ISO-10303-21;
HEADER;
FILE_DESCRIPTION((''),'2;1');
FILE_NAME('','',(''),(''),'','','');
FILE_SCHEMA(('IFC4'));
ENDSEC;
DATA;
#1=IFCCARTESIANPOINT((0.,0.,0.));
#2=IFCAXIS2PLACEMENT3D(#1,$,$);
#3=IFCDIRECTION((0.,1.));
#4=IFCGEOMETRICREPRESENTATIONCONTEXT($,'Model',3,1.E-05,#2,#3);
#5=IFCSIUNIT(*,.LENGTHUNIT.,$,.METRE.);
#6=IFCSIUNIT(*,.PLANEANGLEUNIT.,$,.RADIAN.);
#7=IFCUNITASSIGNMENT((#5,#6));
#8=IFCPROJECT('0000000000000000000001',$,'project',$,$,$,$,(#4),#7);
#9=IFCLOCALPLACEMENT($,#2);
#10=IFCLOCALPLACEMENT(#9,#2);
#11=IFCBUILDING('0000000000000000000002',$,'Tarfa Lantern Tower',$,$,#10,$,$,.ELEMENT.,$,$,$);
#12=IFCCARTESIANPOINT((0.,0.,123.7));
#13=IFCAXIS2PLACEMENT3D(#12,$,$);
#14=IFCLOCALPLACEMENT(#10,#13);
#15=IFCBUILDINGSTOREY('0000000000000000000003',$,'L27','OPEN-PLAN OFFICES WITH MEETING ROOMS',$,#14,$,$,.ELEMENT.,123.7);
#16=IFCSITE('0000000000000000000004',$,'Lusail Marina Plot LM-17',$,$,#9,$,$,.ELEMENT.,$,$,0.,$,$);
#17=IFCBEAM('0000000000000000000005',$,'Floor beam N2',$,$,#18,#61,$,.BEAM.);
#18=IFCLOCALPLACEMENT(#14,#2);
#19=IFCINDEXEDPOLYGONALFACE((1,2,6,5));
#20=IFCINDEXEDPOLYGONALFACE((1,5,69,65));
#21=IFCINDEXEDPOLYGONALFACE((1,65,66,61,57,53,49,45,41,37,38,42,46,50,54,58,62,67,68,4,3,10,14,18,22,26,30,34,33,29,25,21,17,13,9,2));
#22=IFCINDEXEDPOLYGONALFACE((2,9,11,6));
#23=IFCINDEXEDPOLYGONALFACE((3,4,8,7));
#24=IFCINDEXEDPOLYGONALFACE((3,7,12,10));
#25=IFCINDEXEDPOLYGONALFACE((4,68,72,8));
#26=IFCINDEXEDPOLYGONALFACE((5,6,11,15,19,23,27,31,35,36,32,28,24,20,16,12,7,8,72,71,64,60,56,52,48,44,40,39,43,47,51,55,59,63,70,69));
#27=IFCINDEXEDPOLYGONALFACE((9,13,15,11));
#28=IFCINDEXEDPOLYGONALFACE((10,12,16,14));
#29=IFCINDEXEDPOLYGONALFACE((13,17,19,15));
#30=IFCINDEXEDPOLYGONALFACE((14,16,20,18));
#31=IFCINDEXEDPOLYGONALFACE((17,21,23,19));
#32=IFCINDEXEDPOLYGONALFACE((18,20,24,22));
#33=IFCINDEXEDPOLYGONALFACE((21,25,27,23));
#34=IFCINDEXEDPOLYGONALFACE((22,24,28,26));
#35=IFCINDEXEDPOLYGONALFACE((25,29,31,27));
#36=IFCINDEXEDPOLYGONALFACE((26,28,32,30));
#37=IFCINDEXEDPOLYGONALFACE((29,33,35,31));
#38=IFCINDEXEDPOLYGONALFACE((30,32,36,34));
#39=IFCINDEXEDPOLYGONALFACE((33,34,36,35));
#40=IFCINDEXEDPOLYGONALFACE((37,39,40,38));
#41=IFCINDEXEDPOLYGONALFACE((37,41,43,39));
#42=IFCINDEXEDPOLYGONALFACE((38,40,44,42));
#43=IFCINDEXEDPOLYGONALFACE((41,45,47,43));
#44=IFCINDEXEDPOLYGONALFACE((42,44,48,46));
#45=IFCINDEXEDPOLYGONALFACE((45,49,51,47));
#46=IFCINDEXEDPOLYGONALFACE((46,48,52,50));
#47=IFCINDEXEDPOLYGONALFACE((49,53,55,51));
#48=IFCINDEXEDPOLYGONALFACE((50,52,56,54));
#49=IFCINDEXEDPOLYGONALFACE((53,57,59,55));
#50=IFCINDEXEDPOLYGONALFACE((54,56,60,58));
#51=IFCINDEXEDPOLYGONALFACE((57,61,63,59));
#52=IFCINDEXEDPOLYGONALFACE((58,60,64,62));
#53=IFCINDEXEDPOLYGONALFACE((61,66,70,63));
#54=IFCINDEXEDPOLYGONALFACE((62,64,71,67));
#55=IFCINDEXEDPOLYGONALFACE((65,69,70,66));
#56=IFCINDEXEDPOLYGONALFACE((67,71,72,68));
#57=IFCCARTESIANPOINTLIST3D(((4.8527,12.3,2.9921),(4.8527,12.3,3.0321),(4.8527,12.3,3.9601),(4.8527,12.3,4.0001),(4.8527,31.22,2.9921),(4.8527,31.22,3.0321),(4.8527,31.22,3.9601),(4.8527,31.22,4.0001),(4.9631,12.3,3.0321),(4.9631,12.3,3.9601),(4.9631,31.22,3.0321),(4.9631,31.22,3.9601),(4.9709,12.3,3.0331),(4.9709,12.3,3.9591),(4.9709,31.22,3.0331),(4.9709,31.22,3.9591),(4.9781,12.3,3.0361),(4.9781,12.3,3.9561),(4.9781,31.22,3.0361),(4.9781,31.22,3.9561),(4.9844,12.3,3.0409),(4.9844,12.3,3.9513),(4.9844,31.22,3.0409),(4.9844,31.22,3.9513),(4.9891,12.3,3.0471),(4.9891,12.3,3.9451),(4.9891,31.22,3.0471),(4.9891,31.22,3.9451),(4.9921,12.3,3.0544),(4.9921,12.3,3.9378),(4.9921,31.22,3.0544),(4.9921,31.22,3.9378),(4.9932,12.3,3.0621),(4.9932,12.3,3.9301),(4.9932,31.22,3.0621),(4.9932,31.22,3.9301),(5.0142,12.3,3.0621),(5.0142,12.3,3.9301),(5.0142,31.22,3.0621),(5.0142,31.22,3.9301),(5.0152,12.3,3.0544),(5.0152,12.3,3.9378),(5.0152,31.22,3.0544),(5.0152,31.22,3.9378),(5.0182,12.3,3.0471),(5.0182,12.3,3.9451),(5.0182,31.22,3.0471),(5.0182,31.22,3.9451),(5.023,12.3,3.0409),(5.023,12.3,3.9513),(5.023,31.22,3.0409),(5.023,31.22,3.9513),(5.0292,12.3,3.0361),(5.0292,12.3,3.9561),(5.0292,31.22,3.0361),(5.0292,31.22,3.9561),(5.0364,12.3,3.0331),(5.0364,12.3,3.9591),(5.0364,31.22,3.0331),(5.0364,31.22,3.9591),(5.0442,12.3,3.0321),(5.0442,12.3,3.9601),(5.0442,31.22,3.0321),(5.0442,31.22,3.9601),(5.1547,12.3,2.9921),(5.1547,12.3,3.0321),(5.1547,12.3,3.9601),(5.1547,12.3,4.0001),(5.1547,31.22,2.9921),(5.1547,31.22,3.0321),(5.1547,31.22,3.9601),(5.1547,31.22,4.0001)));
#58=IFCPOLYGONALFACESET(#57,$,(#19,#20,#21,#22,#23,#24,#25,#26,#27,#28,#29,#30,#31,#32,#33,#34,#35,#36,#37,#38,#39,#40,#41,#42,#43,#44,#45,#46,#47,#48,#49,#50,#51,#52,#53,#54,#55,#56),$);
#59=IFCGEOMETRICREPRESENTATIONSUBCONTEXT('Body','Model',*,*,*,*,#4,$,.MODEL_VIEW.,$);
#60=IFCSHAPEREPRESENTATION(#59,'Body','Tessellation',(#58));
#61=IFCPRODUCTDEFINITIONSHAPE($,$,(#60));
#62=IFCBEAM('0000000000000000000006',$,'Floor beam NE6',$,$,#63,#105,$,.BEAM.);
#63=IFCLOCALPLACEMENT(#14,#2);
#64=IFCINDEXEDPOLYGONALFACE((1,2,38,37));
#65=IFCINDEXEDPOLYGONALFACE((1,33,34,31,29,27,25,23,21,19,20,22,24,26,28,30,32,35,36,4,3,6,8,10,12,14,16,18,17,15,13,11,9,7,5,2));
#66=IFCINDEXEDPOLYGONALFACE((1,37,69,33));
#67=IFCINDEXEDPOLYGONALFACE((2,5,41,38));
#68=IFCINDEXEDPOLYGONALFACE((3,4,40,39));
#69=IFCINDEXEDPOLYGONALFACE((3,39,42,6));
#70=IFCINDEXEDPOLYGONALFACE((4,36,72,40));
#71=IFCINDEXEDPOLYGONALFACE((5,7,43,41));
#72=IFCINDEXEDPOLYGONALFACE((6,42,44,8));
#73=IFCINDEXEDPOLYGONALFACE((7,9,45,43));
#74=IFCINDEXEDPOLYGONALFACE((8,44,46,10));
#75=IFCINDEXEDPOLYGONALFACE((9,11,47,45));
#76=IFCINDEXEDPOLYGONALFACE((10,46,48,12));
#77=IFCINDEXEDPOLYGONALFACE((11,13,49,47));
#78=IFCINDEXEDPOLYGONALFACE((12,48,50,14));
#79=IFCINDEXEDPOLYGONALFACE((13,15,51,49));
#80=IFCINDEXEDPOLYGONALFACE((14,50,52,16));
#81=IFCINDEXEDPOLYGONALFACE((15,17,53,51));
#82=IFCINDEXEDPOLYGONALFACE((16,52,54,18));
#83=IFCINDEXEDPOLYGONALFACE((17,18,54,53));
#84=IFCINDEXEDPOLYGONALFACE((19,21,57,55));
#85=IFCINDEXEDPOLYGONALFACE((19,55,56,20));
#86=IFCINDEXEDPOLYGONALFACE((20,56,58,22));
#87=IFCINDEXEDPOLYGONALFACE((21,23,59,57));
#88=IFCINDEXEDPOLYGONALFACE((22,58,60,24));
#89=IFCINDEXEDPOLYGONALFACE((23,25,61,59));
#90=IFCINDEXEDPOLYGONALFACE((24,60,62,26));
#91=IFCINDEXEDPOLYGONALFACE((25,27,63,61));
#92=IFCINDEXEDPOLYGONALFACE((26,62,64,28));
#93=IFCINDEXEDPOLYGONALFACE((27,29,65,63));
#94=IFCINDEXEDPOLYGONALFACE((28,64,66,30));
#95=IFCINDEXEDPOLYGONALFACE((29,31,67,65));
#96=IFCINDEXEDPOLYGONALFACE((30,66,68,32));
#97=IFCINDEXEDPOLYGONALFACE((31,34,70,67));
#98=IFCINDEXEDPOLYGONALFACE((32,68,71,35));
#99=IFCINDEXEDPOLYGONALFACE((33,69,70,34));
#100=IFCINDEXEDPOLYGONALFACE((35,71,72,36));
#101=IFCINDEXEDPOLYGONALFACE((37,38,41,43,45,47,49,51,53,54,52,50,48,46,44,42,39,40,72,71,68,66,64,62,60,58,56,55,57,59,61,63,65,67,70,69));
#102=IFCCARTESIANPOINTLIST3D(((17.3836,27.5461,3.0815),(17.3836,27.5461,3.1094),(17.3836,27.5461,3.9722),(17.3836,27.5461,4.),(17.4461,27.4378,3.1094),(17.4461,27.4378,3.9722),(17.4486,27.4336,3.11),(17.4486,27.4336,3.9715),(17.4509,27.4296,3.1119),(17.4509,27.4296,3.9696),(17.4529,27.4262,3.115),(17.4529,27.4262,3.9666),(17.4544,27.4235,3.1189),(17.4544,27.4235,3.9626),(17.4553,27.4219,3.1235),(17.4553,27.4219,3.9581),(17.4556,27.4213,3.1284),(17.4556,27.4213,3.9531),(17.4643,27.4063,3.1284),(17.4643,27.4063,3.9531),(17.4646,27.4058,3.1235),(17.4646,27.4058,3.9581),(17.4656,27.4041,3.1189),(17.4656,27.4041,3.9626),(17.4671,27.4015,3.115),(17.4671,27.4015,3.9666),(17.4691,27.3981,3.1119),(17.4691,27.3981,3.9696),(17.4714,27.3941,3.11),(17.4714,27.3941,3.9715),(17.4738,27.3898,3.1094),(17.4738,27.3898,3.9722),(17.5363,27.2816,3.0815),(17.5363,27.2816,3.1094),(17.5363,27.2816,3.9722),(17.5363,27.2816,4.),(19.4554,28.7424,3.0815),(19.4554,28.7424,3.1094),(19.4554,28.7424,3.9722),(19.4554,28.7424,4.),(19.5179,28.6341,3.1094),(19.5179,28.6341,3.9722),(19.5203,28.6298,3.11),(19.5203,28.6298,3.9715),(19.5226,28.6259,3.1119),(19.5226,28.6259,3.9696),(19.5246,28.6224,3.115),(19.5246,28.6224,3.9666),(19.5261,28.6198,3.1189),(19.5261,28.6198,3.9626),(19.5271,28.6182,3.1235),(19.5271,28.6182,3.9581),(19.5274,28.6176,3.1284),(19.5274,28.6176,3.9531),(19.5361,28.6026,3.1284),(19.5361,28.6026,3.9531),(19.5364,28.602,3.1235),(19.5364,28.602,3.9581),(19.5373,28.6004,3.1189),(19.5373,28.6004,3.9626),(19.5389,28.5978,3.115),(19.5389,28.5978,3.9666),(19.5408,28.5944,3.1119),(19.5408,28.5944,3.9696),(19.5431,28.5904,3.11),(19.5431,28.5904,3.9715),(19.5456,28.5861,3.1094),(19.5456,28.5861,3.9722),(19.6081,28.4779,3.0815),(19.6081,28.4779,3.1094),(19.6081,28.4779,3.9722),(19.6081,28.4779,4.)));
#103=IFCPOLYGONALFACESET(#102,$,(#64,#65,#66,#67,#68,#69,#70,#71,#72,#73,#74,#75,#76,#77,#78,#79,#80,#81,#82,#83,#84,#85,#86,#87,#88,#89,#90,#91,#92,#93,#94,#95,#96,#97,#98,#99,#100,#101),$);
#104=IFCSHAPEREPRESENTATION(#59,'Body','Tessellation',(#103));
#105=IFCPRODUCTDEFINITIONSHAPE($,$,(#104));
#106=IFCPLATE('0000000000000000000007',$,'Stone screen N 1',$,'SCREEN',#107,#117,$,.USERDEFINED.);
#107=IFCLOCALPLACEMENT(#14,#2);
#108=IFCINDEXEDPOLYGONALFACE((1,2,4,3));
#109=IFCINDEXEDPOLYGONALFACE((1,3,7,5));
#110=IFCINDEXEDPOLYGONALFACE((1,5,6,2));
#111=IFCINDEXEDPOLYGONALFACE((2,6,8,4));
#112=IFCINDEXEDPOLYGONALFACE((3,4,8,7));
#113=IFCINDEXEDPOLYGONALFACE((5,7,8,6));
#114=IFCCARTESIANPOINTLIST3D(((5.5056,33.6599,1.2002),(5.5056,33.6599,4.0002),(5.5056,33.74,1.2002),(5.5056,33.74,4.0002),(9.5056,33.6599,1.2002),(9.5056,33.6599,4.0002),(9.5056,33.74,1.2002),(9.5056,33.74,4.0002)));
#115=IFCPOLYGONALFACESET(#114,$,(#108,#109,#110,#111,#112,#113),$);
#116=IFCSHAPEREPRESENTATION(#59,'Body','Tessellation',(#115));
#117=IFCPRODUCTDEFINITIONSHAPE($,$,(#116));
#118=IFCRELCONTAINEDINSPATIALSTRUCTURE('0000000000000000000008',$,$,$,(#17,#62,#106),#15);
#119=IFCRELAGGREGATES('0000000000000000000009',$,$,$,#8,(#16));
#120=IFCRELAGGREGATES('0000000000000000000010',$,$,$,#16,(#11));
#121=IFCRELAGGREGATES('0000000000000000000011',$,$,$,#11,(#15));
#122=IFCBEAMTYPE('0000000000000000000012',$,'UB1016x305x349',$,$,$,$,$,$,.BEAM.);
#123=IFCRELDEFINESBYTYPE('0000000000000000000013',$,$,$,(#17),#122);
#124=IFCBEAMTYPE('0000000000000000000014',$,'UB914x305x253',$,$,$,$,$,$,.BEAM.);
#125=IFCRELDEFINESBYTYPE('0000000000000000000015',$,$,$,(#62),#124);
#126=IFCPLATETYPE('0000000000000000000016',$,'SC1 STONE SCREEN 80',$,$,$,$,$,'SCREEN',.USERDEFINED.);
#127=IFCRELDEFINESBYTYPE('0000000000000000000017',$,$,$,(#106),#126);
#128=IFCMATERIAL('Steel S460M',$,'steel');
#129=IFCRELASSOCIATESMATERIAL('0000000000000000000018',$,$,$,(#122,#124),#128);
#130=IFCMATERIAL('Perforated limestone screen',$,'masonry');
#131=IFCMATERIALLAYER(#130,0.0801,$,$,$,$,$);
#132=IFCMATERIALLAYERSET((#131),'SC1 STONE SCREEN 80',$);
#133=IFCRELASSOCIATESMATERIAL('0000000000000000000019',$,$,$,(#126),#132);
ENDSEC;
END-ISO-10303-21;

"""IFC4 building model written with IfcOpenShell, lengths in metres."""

from ifc_helpers import new_model, si_unit, direction, frame, origin, origin_2d, place, context, subcontext, project, spatial, rectangle, i_section, extrude, material, layer, layer_set, material_profile, profile_set, type_object, element, save


model = new_model("IFC4")

# Units and contexts
model_context = context("Model", 3, precision=1e-05, world=origin(), true_north=direction((0.0, 1.0)))
body_context = subcontext(model_context, "Body", "Model", "MODEL_VIEW")
ifc_project = project(units=[si_unit("LENGTHUNIT", "METRE"), si_unit("PLANEANGLEUNIT", "RADIAN")], contexts=[model_context])

# Site, building, storey
site_placement = place(None, origin())
site = spatial("IfcSite", under=ifc_project, at=site_placement, Name="Lusail Marina Plot LM-17", CompositionType="ELEMENT", RefElevation=0.0)
building_placement = place(site_placement, origin())
building = spatial("IfcBuilding", under=site, at=building_placement, Name="Tarfa Lantern Tower", CompositionType="ELEMENT")
storey_placement = place(building_placement, frame((0.0, 0.0, 123.7)))
storey = spatial("IfcBuildingStorey", under=building, at=storey_placement, Name="L27", Description="OPEN-PLAN OFFICES WITH MEETING ROOMS", CompositionType="ELEMENT", Elevation=123.7)

# Beams
ifc_material_1 = material(Name="Steel S460M", Category="steel")
ifc_material_profile_1 = material_profile(ifc_material_1, i_section(OverallWidth=0.302, OverallDepth=1.0081, WebThickness=0.021, FlangeThickness=0.04, FilletRadius=0.03, at=origin_2d()), Name="UB1016x305x349")
ifc_profile_set_1 = profile_set([ifc_material_profile_1], Name="Steel S460M")
beam_type_1 = type_object("IfcBeamType", Name="UB1016x305x349", PredefinedType="BEAM", material=ifc_profile_set_1)
for number, where, z_axis, x_axis, name in (
    (1, (5.0037, 31.22, 3.4961), (0.0, -1.0, 0.0), (1.0, 0.0, 0.0), "Floor beam N2"),
):
    element("IfcBeam", number, at=place(storey_placement, frame(where, z_axis=z_axis, x_axis=x_axis)), inside=storey, type_object=beam_type_1, Name=name, PredefinedType="BEAM", context=body_context, shape_type="SweptSolid", body=[
        extrude(i_section(OverallWidth=0.302, OverallDepth=1.0081, WebThickness=0.021, FlangeThickness=0.04, FilletRadius=0.03, at=origin_2d()), origin(), (0.0, 0.0, 1.0), 18.9199),
    ])
ifc_material_profile_2 = material_profile(ifc_material_1, i_section(OverallWidth=0.3054, OverallDepth=0.9185, WebThickness=0.0173, FlangeThickness=0.0278, FilletRadius=0.019, at=origin_2d()), Name="UB914x305x253")
ifc_profile_set_2 = profile_set([ifc_material_profile_2], Name="Steel S460M")
beam_type_2 = type_object("IfcBeamType", Name="UB914x305x253", PredefinedType="BEAM", material=ifc_profile_set_2)
beam_placement = place(storey_placement, frame((19.5317, 28.6101, 3.5408), z_axis=(-0.865999, -0.500046, 0.0), x_axis=(0.500046, -0.865999, 0.0)))
element("IfcBeam", 2, at=beam_placement, inside=storey, type_object=beam_type_2, Name="Floor beam NE6", PredefinedType="BEAM", context=body_context, shape_type="SweptSolid", body=[
    extrude(i_section(OverallWidth=0.3054, OverallDepth=0.9185, WebThickness=0.0173, FlangeThickness=0.0278, FilletRadius=0.019, at=origin_2d()), origin(), (0.0, 0.0, 1.0), 2.3923),
])

# Plate
ifc_material_2 = material(Name="Perforated limestone screen", Category="masonry")
ifc_layer_1 = layer(ifc_material_2, 0.0801)
ifc_layer_set_1 = layer_set([ifc_layer_1], Name="SC1 STONE SCREEN 80")
plate_type = type_object("IfcPlateType", Name="SC1 STONE SCREEN 80", ElementType="SCREEN", PredefinedType="USERDEFINED", material=ifc_layer_set_1)
plate_placement = place(storey_placement, frame((7.5056, 33.7, 1.2002), z_axis=(0.0, 0.0, 1.0), x_axis=(-1.0, 0.0, 0.0)))
element("IfcPlate", 3, at=plate_placement, inside=storey, type_object=plate_type, Name="Stone screen N 1", ObjectType="SCREEN", PredefinedType="USERDEFINED", context=body_context, shape_type="SweptSolid", body=[
    extrude(rectangle(XDim=4.0, YDim=0.0801, at=origin_2d()), origin(), (0.0, 0.0, 1.0), 2.8),
])

save(model, "model.ifc")
